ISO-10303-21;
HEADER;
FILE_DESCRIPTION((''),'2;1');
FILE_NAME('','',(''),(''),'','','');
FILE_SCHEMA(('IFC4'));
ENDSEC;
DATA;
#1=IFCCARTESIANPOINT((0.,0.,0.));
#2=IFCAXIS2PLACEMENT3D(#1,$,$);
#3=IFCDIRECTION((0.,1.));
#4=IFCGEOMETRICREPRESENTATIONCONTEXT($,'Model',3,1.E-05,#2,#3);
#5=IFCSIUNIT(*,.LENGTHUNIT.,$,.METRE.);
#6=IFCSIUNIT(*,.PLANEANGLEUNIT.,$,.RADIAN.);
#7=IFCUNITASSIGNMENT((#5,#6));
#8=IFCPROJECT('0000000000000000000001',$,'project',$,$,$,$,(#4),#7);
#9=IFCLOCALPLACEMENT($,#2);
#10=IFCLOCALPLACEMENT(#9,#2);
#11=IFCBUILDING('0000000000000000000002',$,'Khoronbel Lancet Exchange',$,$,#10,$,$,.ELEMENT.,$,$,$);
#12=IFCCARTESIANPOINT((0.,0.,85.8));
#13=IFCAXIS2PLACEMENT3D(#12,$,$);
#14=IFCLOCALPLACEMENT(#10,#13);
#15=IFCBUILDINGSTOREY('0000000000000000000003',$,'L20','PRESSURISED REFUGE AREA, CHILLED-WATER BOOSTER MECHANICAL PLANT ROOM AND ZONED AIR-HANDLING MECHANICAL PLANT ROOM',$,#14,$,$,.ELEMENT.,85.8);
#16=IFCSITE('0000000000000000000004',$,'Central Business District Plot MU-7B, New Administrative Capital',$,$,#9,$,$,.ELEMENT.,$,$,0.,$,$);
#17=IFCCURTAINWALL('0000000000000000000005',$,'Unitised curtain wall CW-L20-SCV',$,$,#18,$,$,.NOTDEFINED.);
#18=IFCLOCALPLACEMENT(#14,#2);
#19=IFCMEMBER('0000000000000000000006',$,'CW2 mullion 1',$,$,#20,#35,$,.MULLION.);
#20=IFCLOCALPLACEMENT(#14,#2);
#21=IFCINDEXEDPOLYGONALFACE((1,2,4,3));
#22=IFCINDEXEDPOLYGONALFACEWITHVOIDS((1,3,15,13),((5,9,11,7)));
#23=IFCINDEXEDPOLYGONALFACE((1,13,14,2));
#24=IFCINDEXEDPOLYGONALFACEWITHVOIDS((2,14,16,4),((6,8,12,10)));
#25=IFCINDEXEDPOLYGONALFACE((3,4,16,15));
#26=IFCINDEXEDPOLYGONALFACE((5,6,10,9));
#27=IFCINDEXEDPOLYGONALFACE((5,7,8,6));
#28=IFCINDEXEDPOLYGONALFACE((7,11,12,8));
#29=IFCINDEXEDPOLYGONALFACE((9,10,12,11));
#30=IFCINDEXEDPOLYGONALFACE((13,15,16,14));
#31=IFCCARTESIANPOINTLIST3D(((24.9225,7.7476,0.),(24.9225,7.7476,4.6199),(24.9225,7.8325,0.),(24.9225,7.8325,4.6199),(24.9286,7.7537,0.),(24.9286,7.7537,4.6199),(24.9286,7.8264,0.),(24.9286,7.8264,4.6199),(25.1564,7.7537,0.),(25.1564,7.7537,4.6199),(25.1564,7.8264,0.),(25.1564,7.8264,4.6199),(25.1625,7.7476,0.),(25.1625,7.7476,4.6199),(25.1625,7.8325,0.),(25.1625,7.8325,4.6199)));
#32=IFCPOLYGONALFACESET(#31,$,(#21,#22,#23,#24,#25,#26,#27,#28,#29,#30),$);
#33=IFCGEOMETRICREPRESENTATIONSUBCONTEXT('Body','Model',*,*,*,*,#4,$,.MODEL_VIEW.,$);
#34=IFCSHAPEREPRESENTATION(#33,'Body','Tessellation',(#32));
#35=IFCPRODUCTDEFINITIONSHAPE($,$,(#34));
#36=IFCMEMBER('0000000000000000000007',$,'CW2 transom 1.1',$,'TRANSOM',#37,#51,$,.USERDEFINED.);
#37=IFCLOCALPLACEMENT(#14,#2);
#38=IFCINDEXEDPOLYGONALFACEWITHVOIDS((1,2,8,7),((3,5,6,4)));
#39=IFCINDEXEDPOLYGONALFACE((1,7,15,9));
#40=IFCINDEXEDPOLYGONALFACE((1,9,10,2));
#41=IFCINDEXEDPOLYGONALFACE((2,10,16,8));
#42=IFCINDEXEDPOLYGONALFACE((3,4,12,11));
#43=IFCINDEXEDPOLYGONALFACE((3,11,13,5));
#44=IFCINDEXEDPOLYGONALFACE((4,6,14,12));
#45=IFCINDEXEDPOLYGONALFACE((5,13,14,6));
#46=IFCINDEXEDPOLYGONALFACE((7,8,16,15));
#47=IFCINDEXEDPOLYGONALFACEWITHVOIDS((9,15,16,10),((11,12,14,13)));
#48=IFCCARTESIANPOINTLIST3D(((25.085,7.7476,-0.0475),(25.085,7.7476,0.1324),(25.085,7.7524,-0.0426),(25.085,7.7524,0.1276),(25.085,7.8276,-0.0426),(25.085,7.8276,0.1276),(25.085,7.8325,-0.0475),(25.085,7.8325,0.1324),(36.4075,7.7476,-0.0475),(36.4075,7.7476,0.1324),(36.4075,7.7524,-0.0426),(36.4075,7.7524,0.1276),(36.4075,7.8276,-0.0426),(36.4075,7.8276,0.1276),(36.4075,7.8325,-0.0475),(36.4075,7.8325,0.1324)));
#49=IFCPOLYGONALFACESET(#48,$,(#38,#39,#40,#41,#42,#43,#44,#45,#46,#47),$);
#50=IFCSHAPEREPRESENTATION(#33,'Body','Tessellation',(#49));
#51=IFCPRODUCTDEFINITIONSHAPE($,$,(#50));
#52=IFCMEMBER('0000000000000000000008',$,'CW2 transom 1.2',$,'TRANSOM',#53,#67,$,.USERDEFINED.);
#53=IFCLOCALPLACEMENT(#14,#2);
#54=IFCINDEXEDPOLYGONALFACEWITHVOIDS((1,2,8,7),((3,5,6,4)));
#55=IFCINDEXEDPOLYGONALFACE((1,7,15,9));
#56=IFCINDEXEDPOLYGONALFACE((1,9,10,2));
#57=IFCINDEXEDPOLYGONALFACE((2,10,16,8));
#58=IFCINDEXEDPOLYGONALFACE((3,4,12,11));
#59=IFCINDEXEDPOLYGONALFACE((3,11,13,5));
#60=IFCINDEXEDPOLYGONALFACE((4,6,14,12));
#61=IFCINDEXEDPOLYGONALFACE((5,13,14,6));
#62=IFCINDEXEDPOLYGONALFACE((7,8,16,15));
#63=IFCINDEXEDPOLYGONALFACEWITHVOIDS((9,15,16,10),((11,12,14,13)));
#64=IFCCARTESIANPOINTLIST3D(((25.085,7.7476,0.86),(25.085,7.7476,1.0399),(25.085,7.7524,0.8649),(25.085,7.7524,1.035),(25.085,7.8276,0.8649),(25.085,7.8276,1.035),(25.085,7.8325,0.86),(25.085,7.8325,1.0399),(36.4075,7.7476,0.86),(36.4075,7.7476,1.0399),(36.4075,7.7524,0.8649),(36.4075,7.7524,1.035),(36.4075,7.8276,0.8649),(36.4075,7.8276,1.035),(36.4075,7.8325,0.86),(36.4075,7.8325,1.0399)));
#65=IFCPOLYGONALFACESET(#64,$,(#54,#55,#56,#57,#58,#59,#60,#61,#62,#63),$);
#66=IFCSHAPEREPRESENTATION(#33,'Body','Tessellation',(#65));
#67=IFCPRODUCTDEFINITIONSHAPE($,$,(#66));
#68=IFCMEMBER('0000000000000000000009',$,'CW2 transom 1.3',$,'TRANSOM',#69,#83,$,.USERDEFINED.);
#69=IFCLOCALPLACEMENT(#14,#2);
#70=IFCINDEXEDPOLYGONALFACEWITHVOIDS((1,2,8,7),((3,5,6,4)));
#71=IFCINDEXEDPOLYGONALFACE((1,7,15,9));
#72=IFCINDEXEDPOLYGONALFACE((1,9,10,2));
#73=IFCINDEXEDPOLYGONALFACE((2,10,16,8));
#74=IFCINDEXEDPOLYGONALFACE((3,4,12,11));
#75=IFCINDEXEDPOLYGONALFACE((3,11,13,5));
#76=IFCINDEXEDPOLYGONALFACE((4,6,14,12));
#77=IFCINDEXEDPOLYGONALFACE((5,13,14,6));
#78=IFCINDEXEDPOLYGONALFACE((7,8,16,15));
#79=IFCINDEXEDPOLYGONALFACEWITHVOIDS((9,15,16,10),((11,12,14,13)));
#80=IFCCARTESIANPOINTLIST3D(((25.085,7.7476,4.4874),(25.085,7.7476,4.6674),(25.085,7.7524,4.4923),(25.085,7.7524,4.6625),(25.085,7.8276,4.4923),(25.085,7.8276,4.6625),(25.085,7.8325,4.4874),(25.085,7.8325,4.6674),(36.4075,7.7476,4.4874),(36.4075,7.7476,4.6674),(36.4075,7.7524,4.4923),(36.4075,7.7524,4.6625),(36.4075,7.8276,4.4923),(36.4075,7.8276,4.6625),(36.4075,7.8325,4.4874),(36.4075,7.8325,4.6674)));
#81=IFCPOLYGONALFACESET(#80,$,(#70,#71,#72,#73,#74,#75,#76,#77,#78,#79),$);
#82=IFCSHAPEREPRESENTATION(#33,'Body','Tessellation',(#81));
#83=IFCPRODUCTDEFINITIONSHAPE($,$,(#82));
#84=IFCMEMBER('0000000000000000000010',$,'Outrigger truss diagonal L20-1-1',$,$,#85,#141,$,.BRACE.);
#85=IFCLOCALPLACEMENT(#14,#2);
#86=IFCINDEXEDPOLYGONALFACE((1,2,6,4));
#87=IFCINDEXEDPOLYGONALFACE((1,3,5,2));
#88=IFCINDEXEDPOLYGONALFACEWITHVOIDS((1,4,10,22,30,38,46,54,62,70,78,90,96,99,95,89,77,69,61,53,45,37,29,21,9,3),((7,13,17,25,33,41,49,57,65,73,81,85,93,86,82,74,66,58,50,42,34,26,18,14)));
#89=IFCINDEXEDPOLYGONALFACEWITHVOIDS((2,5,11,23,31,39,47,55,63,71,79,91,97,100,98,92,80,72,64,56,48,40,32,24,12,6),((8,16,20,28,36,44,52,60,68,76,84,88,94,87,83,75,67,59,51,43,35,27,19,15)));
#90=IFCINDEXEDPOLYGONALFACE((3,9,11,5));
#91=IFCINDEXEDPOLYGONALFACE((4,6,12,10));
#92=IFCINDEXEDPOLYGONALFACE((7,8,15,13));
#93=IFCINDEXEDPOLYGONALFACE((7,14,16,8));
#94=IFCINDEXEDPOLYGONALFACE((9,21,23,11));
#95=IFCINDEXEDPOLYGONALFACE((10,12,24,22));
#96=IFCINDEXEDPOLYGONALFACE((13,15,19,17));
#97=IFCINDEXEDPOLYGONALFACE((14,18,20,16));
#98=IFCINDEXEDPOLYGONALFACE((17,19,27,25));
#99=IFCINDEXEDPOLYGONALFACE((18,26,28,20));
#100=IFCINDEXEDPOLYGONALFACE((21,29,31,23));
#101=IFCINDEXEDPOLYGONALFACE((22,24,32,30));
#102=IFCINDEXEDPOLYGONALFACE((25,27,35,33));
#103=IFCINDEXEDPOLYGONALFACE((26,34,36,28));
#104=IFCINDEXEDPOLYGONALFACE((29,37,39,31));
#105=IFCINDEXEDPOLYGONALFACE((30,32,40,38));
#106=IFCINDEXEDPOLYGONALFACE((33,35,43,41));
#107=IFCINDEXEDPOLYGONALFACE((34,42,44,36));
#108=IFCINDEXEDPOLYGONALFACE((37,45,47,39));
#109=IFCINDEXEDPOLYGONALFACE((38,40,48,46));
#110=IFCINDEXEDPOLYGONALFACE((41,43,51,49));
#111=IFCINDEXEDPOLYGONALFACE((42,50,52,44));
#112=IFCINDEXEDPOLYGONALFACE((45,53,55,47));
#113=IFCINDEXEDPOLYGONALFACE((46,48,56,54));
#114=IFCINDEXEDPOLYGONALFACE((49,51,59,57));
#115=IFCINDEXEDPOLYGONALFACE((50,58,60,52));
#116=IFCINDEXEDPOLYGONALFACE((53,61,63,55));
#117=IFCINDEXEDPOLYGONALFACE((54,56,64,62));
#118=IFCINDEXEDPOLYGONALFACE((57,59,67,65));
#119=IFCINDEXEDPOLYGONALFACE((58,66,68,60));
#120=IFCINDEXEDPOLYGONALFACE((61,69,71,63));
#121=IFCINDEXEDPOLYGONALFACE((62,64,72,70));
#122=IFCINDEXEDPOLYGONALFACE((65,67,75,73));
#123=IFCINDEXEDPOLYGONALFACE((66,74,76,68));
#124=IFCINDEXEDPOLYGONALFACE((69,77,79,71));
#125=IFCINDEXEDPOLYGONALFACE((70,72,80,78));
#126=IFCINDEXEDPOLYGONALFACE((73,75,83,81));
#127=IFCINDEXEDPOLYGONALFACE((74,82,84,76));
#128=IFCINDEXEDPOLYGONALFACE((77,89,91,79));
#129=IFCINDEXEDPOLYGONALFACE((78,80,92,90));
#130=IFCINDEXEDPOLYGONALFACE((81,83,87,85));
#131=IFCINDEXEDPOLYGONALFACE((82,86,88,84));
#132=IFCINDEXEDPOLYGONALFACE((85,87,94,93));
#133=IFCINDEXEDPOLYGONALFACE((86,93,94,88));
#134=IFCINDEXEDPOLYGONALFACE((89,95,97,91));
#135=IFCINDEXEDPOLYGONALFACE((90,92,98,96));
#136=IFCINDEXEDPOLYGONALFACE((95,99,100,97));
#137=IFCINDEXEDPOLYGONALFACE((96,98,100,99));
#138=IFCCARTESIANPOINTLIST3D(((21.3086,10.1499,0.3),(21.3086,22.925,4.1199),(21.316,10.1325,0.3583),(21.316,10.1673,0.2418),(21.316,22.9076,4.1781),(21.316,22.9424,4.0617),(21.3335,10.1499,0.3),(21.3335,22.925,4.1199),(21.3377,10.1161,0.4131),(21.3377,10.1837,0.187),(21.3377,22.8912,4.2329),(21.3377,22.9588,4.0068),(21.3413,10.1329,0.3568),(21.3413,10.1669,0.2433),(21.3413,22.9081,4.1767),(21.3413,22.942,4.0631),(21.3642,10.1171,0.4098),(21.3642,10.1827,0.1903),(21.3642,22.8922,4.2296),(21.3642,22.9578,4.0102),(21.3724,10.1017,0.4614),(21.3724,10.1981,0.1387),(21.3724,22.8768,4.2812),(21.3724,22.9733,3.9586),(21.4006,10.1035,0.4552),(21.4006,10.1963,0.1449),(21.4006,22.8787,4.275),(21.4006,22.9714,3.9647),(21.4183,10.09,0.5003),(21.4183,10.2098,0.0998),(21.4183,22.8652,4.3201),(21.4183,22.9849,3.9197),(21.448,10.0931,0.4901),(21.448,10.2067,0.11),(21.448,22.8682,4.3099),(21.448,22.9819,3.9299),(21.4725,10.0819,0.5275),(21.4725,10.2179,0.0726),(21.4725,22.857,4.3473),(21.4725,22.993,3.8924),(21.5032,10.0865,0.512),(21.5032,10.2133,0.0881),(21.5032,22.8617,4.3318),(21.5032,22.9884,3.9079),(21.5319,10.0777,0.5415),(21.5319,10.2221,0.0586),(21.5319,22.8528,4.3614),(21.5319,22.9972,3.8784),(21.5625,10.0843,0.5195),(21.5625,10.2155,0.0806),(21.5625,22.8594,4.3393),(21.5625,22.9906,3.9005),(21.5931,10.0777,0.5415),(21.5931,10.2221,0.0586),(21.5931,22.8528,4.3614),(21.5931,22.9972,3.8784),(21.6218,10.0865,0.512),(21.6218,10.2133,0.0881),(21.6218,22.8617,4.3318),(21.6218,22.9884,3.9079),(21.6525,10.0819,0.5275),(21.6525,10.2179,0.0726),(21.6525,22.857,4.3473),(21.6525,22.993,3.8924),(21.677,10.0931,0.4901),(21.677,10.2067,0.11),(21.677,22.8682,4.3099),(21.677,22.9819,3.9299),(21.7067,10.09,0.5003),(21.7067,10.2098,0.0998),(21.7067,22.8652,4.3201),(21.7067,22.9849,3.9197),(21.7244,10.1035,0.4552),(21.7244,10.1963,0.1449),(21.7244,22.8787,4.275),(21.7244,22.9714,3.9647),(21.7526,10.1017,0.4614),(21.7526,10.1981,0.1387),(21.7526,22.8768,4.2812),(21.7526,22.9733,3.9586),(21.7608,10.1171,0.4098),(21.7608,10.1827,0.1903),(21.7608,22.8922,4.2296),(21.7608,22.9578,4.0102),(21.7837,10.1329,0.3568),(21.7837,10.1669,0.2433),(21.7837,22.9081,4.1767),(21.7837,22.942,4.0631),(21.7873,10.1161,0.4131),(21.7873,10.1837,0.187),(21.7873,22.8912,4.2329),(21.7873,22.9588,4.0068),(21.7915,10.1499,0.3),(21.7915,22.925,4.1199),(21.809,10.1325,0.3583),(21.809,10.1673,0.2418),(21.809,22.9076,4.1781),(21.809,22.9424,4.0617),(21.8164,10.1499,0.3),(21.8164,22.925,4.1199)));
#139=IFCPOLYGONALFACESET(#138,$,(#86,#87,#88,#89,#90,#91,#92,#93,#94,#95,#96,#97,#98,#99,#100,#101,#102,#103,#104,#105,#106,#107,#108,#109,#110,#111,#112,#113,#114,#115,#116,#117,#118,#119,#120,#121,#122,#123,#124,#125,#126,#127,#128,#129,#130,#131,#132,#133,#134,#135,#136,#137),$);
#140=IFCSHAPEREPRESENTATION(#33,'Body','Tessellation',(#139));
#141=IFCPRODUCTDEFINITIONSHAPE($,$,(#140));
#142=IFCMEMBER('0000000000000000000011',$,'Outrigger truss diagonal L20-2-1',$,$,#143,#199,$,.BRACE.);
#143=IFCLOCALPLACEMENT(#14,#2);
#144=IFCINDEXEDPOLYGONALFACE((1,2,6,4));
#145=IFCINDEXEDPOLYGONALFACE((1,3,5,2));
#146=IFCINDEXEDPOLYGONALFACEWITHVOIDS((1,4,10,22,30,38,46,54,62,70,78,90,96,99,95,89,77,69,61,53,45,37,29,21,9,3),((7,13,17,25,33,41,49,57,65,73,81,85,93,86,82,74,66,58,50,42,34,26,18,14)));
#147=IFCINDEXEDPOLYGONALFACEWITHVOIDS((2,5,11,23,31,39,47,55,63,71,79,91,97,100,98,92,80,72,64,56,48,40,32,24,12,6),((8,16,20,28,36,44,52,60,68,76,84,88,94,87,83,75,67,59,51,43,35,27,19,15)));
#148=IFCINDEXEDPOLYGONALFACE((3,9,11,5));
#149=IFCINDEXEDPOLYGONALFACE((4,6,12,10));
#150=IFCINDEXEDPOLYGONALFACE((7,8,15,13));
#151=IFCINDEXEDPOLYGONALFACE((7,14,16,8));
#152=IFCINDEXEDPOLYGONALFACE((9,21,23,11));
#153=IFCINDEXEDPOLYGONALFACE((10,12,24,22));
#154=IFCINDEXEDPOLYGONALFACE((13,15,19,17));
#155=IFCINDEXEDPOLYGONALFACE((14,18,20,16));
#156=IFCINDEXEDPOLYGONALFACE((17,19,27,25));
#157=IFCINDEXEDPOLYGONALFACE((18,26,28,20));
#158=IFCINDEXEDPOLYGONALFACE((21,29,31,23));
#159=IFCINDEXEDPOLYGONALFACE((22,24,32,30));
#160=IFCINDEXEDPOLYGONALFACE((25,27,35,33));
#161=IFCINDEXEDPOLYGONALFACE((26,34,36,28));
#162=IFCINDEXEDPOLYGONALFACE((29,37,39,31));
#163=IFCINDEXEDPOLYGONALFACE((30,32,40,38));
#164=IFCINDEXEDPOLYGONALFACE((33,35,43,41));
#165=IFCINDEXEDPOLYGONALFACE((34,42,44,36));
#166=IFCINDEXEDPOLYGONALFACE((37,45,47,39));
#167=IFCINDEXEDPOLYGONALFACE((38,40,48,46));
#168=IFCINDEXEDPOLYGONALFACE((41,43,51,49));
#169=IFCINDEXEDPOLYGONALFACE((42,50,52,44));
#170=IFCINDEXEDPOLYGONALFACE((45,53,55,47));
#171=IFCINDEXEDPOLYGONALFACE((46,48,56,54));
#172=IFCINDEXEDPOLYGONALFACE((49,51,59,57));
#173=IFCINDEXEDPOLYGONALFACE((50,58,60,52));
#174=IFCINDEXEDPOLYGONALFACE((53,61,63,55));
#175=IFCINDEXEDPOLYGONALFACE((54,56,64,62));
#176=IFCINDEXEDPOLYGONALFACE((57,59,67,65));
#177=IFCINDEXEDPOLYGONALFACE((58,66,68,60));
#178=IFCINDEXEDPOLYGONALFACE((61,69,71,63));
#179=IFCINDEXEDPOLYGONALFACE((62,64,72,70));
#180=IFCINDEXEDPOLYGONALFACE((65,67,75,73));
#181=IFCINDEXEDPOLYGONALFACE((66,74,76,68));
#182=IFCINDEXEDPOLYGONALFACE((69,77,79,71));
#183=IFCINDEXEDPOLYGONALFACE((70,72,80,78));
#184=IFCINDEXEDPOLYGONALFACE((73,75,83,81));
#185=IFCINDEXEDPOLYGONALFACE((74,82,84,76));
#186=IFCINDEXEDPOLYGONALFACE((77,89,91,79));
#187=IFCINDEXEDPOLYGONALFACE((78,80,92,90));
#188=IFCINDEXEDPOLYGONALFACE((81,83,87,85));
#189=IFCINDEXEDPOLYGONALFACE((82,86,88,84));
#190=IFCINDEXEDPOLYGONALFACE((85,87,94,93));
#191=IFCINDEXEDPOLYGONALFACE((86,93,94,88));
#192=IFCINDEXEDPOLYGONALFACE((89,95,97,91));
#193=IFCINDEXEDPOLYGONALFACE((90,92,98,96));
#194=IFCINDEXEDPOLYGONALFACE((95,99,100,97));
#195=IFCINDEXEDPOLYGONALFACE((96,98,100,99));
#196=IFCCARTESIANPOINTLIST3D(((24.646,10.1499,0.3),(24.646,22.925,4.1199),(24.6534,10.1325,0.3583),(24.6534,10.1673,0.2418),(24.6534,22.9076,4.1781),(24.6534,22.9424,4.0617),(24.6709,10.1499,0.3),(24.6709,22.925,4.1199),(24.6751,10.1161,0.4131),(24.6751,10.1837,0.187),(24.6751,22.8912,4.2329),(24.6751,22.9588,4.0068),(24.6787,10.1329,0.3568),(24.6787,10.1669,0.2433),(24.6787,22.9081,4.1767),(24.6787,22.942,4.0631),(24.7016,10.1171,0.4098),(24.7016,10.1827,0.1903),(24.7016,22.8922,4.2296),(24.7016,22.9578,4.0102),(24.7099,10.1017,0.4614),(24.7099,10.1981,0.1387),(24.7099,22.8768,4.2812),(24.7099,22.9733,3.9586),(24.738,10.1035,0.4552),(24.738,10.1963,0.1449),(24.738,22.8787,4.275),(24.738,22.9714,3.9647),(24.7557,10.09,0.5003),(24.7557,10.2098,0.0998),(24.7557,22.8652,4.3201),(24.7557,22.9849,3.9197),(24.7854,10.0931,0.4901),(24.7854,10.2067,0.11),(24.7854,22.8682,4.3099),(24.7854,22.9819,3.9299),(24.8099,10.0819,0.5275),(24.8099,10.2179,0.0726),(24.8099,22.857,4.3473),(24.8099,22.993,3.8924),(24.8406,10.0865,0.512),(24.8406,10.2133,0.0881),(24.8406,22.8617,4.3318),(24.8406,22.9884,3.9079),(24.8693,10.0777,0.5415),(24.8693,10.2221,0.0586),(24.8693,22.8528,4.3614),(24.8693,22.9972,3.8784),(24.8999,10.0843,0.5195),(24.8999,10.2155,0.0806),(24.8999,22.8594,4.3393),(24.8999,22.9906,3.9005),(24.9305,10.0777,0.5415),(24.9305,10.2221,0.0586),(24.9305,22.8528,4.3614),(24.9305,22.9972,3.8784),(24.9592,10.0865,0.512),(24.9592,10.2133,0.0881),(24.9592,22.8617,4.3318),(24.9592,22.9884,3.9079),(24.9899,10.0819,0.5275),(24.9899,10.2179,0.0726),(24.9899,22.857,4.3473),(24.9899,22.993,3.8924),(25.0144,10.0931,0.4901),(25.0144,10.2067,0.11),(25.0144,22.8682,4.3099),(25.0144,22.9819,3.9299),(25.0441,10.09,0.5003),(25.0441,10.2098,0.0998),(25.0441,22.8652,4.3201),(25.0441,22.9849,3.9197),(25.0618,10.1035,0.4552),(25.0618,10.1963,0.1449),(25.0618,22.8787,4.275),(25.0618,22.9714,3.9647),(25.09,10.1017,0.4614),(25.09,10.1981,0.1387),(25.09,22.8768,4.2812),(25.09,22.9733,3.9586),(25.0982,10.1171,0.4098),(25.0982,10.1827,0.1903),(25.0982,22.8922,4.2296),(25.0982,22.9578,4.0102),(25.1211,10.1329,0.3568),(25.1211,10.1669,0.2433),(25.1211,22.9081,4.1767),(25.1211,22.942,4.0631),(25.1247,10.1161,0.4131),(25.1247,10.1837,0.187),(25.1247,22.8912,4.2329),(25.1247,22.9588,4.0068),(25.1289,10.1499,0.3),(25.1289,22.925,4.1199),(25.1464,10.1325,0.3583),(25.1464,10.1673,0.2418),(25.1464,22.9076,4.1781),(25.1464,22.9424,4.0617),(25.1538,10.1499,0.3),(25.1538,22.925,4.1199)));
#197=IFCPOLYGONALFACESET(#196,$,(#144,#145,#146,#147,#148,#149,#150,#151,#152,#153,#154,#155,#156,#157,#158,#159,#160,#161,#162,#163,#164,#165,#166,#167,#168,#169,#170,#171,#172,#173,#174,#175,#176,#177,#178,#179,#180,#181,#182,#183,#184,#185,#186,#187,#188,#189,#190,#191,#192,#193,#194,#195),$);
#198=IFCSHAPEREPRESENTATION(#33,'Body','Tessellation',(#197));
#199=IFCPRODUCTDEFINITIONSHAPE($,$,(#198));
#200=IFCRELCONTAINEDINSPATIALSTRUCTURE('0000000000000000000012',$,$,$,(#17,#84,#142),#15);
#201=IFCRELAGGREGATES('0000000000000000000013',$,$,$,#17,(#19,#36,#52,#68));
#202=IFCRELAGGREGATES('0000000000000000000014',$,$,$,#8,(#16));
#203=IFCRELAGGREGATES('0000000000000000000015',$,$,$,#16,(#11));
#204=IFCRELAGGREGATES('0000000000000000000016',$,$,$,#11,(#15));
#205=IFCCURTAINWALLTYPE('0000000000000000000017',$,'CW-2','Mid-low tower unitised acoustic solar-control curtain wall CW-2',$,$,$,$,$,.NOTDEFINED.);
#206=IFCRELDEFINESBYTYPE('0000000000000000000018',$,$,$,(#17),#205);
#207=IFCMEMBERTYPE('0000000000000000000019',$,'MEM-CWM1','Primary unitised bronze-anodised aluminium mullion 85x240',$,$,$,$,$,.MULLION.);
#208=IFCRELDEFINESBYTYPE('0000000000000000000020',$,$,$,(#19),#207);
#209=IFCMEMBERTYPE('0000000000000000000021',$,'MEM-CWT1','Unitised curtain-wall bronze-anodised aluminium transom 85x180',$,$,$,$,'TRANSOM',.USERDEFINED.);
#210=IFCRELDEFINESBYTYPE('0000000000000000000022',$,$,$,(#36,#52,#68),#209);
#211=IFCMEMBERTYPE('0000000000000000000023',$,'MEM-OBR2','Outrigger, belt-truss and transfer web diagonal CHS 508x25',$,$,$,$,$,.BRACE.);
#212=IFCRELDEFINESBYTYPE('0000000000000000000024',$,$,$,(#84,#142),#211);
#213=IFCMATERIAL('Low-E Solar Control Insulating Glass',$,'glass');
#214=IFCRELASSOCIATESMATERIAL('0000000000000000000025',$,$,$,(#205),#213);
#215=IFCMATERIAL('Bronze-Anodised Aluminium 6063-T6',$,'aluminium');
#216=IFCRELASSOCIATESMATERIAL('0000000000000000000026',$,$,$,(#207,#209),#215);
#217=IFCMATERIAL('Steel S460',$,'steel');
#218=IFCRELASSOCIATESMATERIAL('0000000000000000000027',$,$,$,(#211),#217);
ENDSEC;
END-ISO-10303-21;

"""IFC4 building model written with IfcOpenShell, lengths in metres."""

from ifc_helpers import new_model, si_unit, direction, frame, origin, origin_2d, place, context, subcontext, project, spatial, hollow_rectangle, hollow_circle, extrude, material, material_profile, profile_set, type_object, element, aggregate, save


model = new_model("IFC4")

# Units and contexts
model_context = context("Model", 3, precision=1e-05, world=origin(), true_north=direction((0.0, 1.0)))
body_context = subcontext(model_context, "Body", "Model", "MODEL_VIEW")
ifc_project = project(units=[si_unit("LENGTHUNIT", "METRE"), si_unit("PLANEANGLEUNIT", "RADIAN")], contexts=[model_context])

# Site, building, storey
site_placement = place(None, origin())
site = spatial("IfcSite", under=ifc_project, at=site_placement, Name="Central Business District Plot MU-7B, New Administrative Capital", CompositionType="ELEMENT", RefElevation=0.0)
building_placement = place(site_placement, origin())
building = spatial("IfcBuilding", under=site, at=building_placement, Name="Khoronbel Lancet Exchange", CompositionType="ELEMENT")
storey_placement = place(building_placement, frame((0.0, 0.0, 85.8)))
storey = spatial("IfcBuildingStorey", under=building, at=storey_placement, Name="L20", Description="PRESSURISED REFUGE AREA, CHILLED-WATER BOOSTER MECHANICAL PLANT ROOM AND ZONED AIR-HANDLING MECHANICAL PLANT ROOM", CompositionType="ELEMENT", Elevation=85.8)

# Shared definitions
ifc_material_1 = material(Name="Steel S460", Category="steel")

# Shared definitions
ifc_material_2 = material(Name="Low-E Solar Control Insulating Glass", Category="glass")
curtain_wall_type = type_object("IfcCurtainWallType", Name="CW-2", Description="Mid-low tower unitised acoustic solar-control curtain wall CW-2", PredefinedType="NOTDEFINED", material=ifc_material_2)
ifc_material_3 = material(Name="Bronze-Anodised Aluminium 6063-T6", Category="aluminium")
ifc_material_profile_1 = material_profile(ifc_material_3, hollow_rectangle(XDim=0.085, YDim=0.24, WallThickness=0.0061, at=origin_2d()), Name="ALU MULLION 85x240")
ifc_profile_set_1 = profile_set([ifc_material_profile_1], Name="Bronze-Anodised Aluminium 6063-T6")
member_type_1 = type_object("IfcMemberType", Name="MEM-CWM1", Description="Primary unitised bronze-anodised aluminium mullion 85x240", PredefinedType="MULLION", material=ifc_profile_set_1)

# Curtain wall, members
curtain_wall_1_placement = place(storey_placement, origin())
curtain_wall_1 = element("IfcCurtainWall", 1, at=curtain_wall_1_placement, inside=storey, type_object=curtain_wall_type, Name="Unitised curtain wall CW-L20-SCV", PredefinedType="NOTDEFINED")
member_1_placement = place(storey_placement, frame((25.0425, 7.79, 0.0), z_axis=(0.0, 0.0, 1.0), x_axis=(0.0, 1.0, 0.0)))
member_1 = element("IfcMember", 2, at=member_1_placement, type_object=member_type_1, Name="CW2 mullion 1", PredefinedType="MULLION", context=body_context, shape_type="SweptSolid", body=[
    extrude(hollow_rectangle(XDim=0.085, YDim=0.24, WallThickness=0.0061, at=origin_2d()), origin(), (0.0, 0.0, 1.0), 4.6199),
])
ifc_material_profile_2 = material_profile(ifc_material_3, hollow_rectangle(XDim=0.085, YDim=0.1799, WallThickness=0.0049, at=origin_2d()), Name="ALU TRANSOM 85x180")
ifc_profile_set_2 = profile_set([ifc_material_profile_2], Name="Bronze-Anodised Aluminium 6063-T6")
member_type_2 = type_object("IfcMemberType", Name="MEM-CWT1", Description="Unitised curtain-wall bronze-anodised aluminium transom 85x180", ElementType="TRANSOM", PredefinedType="USERDEFINED", material=ifc_profile_set_2)
member_2_placement = place(storey_placement, frame((25.085, 7.79, 0.0425), z_axis=(1.0, 0.0, 0.0), x_axis=(0.0, 1.0, 0.0)))
member_2 = element("IfcMember", 3, at=member_2_placement, type_object=member_type_2, Name="CW2 transom 1.1", ObjectType="TRANSOM", PredefinedType="USERDEFINED", context=body_context, shape_type="SweptSolid", body=[
    extrude(hollow_rectangle(XDim=0.085, YDim=0.1799, WallThickness=0.0049, at=origin_2d()), origin(), (0.0, 0.0, 1.0), 11.3225),
])
member_3_placement = place(storey_placement, frame((25.085, 7.79, 0.95), z_axis=(1.0, 0.0, 0.0), x_axis=(0.0, 1.0, 0.0)))
member_3 = element("IfcMember", 4, at=member_3_placement, type_object=member_type_2, Name="CW2 transom 1.2", ObjectType="TRANSOM", PredefinedType="USERDEFINED", context=body_context, shape_type="SweptSolid", body=[
    extrude(hollow_rectangle(XDim=0.085, YDim=0.1799, WallThickness=0.0049, at=origin_2d()), origin(), (0.0, 0.0, 1.0), 11.3225),
])
member_4_placement = place(storey_placement, frame((25.085, 7.79, 4.5774), z_axis=(1.0, 0.0, 0.0), x_axis=(0.0, 1.0, 0.0)))
member_4 = element("IfcMember", 5, at=member_4_placement, type_object=member_type_2, Name="CW2 transom 1.3", ObjectType="TRANSOM", PredefinedType="USERDEFINED", context=body_context, shape_type="SweptSolid", body=[
    extrude(hollow_rectangle(XDim=0.085, YDim=0.1799, WallThickness=0.0049, at=origin_2d()), origin(), (0.0, 0.0, 1.0), 11.3225),
])

# Members
ifc_material_profile_3 = material_profile(ifc_material_1, hollow_circle(Radius=0.2539, WallThickness=0.0249, at=origin_2d()), Name="CHS 508x25")
ifc_profile_set_3 = profile_set([ifc_material_profile_3], Name="Steel S460")
member_type_3 = type_object("IfcMemberType", Name="MEM-OBR2", Description="Outrigger, belt-truss and transfer web diagonal CHS 508x25", PredefinedType="BRACE", material=ifc_profile_set_3)
for number, where, z_axis, x_axis, name in (
    (6, (21.5625, 10.1499, 0.3), (0.0, 0.958088, 0.286473), (-1.0, 0.0, 0.0), "Outrigger truss diagonal L20-1-1"),
    (7, (24.8999, 10.1499, 0.3), (0.0, 0.958088, 0.286473), (-1.0, 0.0, 0.0), "Outrigger truss diagonal L20-2-1"),
):
    element("IfcMember", number, at=place(storey_placement, frame(where, z_axis=z_axis, x_axis=x_axis)), inside=storey, type_object=member_type_3, Name=name, PredefinedType="BRACE", context=body_context, shape_type="SweptSolid", body=[
        extrude(hollow_circle(Radius=0.2539, WallThickness=0.0249, at=origin_2d()), origin(), (0.0, 0.0, 1.0), 13.334),
    ])

aggregate(curtain_wall_1, [member_1, member_2, member_3, member_4])

save(model, "model.ifc")
